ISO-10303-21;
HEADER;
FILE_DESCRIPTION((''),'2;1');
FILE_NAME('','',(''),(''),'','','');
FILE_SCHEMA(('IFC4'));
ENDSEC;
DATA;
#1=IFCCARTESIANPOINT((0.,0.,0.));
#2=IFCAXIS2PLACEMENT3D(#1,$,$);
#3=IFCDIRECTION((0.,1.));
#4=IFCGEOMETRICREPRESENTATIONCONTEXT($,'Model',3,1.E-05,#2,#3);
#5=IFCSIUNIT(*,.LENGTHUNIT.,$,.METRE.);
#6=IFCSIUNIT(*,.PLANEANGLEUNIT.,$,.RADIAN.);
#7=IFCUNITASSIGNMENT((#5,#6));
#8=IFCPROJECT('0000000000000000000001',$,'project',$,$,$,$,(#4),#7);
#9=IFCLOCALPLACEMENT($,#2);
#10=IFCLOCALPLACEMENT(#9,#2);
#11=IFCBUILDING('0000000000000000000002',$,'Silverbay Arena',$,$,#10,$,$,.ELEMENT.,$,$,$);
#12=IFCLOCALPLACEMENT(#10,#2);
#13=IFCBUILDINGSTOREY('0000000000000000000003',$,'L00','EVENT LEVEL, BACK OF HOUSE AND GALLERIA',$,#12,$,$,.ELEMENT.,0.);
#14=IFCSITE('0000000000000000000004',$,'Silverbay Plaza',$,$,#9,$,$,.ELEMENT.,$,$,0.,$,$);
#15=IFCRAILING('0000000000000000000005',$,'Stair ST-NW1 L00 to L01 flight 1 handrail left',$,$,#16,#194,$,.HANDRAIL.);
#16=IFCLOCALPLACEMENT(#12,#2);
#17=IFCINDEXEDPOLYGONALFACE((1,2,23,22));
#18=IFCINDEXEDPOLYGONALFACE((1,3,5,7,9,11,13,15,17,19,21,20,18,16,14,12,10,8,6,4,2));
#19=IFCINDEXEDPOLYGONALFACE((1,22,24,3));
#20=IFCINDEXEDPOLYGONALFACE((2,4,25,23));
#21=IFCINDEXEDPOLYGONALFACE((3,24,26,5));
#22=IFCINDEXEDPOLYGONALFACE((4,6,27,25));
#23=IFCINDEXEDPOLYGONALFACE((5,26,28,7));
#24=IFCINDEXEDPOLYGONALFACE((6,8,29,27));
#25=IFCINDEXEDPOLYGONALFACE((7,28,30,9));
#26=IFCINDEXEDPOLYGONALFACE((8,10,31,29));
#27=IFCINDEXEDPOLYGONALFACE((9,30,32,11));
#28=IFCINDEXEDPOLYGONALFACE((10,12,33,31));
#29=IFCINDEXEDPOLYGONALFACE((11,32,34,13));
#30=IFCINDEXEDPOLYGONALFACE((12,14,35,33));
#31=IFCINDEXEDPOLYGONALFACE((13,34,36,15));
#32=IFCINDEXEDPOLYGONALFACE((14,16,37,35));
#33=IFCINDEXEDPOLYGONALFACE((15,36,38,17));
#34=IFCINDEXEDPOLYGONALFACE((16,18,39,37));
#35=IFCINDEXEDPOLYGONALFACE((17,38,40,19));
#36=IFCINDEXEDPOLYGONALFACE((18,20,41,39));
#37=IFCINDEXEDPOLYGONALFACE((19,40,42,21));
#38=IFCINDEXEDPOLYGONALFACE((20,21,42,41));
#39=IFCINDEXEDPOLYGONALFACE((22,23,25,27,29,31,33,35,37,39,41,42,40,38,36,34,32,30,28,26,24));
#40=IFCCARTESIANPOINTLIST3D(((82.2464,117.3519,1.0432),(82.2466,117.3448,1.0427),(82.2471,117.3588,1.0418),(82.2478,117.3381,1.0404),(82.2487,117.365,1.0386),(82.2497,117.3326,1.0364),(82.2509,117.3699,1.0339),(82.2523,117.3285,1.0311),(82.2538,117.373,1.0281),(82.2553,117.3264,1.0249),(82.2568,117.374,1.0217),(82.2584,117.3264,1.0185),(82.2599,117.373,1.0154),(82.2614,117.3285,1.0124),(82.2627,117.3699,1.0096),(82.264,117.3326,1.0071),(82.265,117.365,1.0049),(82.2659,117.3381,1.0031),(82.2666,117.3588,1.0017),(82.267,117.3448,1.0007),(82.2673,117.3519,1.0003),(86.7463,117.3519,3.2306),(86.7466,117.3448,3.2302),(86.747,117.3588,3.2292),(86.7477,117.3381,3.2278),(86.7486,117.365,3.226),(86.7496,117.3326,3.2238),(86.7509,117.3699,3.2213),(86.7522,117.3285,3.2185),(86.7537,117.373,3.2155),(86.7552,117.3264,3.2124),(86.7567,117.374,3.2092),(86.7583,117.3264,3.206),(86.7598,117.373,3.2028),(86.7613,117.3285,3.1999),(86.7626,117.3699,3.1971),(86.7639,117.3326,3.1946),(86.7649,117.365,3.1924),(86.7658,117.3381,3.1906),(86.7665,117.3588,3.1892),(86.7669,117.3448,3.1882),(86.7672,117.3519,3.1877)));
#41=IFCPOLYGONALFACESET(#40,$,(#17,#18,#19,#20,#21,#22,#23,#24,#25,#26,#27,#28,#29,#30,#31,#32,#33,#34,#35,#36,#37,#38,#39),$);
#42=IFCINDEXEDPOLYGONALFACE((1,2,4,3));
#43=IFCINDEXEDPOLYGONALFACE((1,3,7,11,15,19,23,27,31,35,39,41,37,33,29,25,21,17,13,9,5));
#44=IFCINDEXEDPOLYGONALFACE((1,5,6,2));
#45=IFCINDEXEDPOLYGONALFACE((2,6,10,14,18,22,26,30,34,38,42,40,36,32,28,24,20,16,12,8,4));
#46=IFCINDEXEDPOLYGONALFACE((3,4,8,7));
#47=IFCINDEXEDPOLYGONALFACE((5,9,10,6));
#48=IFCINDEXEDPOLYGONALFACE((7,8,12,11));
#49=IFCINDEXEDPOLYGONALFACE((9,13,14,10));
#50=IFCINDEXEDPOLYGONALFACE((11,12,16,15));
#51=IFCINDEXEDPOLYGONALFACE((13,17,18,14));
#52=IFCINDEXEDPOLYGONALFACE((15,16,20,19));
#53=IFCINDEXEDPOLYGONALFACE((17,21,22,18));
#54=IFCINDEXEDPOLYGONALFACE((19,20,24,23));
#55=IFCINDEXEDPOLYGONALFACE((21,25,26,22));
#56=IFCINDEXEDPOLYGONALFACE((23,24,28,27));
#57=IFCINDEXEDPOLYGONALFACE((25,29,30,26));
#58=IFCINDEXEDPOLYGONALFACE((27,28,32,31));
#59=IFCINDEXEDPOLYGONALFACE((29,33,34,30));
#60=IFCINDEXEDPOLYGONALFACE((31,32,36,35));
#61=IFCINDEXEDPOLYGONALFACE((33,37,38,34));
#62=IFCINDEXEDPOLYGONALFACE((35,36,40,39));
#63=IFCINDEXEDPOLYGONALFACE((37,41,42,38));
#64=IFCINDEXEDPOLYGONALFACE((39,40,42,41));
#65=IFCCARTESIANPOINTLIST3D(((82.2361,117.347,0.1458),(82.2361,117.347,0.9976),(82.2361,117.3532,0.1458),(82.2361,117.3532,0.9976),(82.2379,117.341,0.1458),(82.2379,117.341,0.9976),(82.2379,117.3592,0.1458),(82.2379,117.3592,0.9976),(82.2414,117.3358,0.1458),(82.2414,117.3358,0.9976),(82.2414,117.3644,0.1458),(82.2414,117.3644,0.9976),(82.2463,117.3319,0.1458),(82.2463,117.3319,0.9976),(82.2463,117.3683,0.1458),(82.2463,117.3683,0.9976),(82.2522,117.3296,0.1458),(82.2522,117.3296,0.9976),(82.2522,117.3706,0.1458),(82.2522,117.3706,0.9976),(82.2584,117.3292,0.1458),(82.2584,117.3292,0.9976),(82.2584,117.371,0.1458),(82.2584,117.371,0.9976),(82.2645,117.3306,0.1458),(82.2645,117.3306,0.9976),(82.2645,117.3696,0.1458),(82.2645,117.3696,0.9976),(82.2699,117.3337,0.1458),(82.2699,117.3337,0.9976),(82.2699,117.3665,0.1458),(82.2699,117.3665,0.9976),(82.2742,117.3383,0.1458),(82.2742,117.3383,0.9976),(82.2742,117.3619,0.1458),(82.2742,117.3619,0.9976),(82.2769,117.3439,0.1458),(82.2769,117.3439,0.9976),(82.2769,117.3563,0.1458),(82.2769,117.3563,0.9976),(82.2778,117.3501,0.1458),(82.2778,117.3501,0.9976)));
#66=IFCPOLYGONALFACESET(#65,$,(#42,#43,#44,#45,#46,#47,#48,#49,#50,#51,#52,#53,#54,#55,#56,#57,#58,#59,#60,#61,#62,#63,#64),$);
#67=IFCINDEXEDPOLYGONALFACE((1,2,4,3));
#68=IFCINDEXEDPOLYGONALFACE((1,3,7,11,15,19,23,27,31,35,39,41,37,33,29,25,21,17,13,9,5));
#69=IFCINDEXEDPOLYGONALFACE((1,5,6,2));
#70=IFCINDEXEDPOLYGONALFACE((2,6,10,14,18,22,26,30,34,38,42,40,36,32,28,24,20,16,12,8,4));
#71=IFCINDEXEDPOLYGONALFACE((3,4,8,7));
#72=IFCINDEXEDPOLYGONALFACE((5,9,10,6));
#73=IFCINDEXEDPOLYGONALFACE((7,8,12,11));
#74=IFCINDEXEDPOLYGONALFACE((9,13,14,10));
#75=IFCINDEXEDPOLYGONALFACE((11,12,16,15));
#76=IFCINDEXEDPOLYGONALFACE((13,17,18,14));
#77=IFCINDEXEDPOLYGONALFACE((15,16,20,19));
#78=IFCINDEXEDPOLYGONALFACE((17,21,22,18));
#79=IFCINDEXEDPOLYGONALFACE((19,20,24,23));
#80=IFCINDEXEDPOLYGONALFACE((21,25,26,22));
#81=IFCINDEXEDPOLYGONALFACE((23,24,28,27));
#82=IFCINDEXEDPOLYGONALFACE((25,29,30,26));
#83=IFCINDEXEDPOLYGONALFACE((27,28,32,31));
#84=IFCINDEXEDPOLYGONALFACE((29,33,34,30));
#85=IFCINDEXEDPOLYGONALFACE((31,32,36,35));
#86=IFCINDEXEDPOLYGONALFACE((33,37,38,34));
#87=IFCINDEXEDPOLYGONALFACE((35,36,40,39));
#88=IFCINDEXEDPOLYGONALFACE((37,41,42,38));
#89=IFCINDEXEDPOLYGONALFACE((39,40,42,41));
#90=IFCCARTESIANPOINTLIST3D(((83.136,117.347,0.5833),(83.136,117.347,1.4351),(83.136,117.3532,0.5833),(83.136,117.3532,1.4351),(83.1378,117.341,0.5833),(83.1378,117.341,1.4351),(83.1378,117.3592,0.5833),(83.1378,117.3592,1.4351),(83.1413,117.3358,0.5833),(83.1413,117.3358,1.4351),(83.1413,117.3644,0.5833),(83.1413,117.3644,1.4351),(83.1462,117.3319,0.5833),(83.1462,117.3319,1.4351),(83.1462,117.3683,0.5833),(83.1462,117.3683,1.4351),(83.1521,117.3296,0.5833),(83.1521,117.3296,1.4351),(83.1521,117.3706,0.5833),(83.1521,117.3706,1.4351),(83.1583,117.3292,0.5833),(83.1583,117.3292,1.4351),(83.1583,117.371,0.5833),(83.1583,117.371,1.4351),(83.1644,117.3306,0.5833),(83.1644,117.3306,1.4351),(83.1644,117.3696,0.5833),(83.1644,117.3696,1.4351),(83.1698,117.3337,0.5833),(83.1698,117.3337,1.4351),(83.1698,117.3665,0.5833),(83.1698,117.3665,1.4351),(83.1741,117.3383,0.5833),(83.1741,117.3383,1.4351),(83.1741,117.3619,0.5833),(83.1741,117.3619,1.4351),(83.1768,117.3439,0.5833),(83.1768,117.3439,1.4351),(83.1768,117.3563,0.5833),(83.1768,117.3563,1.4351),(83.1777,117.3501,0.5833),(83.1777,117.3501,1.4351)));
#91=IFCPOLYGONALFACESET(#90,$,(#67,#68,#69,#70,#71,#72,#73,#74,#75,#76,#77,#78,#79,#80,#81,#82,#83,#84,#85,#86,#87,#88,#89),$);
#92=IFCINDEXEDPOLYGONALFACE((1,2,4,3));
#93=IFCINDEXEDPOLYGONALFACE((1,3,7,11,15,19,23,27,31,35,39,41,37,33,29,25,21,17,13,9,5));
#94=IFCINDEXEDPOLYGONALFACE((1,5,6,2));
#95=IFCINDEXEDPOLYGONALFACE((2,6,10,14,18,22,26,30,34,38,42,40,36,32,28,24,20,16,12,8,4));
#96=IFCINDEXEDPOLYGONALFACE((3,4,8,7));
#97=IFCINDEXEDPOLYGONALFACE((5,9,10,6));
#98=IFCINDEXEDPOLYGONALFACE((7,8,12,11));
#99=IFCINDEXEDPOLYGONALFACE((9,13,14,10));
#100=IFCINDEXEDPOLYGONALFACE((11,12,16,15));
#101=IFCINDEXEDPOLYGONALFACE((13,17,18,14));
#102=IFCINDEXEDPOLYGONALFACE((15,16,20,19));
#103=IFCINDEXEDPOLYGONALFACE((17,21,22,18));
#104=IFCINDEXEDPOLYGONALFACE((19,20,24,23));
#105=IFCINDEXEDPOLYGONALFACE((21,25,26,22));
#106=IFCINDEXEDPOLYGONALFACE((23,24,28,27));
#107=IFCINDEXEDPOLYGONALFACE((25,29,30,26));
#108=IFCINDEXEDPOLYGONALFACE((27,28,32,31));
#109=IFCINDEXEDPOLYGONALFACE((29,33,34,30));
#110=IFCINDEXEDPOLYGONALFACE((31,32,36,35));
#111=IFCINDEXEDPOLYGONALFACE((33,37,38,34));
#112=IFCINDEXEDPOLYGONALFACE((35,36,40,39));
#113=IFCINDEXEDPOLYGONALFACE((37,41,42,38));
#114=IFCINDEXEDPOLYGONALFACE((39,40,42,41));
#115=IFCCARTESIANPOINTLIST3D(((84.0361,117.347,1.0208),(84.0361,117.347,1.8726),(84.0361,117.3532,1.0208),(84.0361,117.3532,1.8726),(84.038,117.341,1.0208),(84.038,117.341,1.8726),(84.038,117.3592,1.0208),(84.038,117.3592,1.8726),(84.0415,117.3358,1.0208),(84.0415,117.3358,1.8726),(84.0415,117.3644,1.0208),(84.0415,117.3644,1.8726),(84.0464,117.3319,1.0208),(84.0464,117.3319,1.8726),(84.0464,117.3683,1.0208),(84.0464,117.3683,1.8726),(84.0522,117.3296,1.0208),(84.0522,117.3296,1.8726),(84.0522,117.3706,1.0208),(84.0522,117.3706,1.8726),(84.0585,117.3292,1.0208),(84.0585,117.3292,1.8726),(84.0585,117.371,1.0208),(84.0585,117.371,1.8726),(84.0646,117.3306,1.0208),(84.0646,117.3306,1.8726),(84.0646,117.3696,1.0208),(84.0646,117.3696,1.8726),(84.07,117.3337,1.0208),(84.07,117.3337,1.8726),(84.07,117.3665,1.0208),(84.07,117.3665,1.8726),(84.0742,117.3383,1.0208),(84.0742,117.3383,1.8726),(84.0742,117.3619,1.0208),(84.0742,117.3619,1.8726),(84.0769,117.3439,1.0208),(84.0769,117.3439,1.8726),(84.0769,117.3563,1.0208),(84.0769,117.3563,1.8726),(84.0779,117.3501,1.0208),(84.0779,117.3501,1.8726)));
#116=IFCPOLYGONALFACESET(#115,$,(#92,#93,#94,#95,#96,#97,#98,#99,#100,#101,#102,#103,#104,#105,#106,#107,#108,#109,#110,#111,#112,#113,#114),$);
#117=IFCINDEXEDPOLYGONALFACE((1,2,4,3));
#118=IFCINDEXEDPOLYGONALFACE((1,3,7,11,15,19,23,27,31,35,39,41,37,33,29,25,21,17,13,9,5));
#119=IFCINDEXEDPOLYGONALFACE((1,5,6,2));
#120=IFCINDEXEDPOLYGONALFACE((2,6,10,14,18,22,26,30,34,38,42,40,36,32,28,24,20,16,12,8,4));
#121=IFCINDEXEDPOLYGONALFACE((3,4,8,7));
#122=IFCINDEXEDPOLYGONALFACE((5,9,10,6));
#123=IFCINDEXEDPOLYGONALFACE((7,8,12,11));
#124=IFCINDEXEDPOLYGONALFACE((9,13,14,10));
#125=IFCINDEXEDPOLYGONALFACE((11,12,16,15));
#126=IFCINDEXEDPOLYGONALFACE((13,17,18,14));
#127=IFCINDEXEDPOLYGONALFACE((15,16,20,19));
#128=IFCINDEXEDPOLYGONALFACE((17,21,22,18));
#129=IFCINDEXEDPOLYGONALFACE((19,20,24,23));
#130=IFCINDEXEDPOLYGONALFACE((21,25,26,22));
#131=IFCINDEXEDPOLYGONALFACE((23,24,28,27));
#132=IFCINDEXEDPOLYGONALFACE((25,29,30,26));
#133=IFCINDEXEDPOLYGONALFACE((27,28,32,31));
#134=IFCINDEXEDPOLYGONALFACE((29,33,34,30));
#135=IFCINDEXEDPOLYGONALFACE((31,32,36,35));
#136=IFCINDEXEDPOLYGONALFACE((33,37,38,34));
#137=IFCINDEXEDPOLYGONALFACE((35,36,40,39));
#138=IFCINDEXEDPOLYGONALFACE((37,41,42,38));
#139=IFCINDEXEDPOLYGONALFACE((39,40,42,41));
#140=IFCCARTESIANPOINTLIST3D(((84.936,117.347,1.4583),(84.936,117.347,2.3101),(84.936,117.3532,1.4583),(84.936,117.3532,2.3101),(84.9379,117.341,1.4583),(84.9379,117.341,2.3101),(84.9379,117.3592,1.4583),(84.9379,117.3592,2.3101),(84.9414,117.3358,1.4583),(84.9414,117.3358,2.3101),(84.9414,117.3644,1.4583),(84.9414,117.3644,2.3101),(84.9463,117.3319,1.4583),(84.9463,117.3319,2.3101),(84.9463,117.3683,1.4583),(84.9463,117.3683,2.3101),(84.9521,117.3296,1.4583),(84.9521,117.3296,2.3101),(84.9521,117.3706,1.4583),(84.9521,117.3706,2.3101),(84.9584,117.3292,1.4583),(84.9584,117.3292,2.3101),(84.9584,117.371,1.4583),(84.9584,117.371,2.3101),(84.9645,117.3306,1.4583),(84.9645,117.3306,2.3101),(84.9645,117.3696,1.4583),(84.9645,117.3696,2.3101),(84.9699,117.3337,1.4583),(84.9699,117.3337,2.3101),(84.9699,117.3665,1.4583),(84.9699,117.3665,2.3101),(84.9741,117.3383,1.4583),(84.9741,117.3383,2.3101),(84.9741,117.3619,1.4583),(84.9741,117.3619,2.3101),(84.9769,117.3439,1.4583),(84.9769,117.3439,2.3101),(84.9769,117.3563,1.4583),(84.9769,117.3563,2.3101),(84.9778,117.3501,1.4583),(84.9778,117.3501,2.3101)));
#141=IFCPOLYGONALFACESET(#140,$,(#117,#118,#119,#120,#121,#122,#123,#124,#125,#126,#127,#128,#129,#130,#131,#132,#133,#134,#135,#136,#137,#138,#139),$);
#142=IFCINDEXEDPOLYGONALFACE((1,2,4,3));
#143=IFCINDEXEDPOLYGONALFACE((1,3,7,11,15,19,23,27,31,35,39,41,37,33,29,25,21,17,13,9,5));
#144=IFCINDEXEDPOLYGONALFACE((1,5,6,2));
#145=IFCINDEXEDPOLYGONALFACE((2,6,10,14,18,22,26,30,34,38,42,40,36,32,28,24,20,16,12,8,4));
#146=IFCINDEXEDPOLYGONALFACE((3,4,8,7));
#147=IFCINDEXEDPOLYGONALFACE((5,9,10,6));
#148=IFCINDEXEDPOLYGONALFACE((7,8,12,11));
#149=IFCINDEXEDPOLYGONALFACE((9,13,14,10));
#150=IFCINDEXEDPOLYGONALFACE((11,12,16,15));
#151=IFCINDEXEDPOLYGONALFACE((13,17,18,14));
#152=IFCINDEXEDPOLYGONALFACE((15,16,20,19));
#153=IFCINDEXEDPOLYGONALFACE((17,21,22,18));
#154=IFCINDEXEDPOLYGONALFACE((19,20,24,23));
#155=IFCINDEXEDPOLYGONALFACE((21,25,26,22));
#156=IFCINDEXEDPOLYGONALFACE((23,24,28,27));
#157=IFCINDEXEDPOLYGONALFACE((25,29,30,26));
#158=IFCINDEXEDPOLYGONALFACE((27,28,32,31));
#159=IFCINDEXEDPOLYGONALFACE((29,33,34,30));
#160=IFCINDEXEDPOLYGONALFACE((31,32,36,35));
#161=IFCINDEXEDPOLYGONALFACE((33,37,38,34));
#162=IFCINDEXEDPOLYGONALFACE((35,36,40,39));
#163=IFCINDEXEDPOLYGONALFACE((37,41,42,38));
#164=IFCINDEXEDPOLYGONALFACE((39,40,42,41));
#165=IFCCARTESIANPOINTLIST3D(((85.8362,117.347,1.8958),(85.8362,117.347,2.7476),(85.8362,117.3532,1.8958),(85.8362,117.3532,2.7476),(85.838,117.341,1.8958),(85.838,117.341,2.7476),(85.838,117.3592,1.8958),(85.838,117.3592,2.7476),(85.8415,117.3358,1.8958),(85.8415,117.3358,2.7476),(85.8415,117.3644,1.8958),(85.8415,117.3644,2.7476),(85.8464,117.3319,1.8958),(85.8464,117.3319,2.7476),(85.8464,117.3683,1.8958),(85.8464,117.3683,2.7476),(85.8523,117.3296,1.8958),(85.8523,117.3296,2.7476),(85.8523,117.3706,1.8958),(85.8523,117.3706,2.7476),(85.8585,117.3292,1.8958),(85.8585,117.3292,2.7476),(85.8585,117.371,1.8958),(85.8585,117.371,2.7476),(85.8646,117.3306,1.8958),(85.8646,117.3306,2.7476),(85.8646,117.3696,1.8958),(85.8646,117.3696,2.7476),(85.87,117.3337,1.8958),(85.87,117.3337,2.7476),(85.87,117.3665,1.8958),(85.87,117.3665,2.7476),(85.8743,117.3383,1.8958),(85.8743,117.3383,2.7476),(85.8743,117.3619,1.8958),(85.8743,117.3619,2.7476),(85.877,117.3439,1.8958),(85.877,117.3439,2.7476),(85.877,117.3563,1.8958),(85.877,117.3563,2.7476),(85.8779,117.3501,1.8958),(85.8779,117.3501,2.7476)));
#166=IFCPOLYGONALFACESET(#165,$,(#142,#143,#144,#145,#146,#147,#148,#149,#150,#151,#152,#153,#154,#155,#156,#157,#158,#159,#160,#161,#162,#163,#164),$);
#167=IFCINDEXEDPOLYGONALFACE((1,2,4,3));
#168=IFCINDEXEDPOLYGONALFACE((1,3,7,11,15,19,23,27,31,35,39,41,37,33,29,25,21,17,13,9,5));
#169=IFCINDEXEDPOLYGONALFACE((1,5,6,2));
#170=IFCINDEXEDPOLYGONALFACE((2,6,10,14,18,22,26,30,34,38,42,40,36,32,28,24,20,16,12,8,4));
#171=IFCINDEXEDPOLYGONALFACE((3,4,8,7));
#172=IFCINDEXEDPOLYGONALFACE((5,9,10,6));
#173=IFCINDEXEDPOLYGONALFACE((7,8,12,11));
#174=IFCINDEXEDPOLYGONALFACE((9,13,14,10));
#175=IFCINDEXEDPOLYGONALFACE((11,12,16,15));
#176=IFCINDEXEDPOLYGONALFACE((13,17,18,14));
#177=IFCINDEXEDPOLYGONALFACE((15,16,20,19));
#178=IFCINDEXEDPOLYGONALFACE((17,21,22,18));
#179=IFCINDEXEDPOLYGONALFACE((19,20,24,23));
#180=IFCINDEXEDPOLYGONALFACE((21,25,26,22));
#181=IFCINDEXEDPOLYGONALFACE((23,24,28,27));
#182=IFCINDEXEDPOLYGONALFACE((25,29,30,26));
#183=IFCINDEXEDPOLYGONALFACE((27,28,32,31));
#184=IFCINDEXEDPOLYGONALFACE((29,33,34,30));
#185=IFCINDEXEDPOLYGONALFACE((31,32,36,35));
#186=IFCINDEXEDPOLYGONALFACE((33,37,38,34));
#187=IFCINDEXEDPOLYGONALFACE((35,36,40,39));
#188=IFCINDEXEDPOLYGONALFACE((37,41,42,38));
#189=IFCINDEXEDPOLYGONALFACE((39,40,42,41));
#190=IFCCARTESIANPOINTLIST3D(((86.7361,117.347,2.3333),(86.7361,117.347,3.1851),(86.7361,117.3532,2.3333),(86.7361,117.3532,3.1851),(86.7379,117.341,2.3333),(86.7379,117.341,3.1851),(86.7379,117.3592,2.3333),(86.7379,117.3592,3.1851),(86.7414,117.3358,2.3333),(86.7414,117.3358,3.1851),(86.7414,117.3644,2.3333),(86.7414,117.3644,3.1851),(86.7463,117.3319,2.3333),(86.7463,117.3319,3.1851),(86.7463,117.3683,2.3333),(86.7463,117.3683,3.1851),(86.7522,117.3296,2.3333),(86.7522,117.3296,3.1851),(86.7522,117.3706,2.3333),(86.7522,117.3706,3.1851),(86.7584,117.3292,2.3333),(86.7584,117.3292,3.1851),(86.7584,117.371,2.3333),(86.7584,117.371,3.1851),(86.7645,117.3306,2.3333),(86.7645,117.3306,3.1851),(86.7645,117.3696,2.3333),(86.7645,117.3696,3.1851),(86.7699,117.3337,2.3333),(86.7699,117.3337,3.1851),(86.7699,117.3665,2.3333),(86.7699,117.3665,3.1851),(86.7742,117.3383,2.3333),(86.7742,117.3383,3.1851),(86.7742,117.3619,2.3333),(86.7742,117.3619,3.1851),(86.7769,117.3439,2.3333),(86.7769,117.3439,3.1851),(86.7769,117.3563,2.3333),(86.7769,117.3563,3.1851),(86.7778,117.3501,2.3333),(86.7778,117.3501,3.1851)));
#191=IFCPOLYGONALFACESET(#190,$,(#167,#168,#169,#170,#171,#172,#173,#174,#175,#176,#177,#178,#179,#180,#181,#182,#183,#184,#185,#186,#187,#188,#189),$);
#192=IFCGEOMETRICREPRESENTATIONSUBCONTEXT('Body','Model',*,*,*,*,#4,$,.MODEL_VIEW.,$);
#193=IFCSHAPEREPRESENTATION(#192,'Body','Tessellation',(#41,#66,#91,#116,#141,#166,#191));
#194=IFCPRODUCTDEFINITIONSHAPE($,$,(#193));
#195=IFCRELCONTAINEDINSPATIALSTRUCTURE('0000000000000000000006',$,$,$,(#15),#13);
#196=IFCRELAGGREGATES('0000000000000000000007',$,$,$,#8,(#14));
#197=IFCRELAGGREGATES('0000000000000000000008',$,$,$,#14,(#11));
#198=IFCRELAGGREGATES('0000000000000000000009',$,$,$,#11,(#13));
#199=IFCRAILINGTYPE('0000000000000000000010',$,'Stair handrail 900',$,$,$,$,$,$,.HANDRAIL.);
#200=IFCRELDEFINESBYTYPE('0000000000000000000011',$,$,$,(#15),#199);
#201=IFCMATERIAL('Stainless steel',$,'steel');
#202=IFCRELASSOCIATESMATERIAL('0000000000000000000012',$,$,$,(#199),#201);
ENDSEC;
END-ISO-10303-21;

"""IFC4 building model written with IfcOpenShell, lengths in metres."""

from ifc_helpers import new_model, si_unit, direction, frame, origin, origin_2d, place, context, subcontext, project, spatial, circle, extrude, material, type_object, element, save


model = new_model("IFC4")

# Units and contexts
model_context = context("Model", 3, precision=1e-05, world=origin(), true_north=direction((0.0, 1.0)))
body_context = subcontext(model_context, "Body", "Model", "MODEL_VIEW")
ifc_project = project(units=[si_unit("LENGTHUNIT", "METRE"), si_unit("PLANEANGLEUNIT", "RADIAN")], contexts=[model_context])

# Site, building, storey
site_placement = place(None, origin())
site = spatial("IfcSite", under=ifc_project, at=site_placement, Name="Silverbay Plaza", CompositionType="ELEMENT", RefElevation=0.0)
building_placement = place(site_placement, origin())
building = spatial("IfcBuilding", under=site, at=building_placement, Name="Silverbay Arena", CompositionType="ELEMENT")
storey_placement = place(building_placement, origin())
storey = spatial("IfcBuildingStorey", under=building, at=storey_placement, Name="L00", Description="EVENT LEVEL, BACK OF HOUSE AND GALLERIA", CompositionType="ELEMENT", Elevation=0.0)

# Railing
ifc_material_1 = material(Name="Stainless steel", Category="steel")
railing_type_1 = type_object("IfcRailingType", Name="Stair handrail 900", PredefinedType="HANDRAIL", material=ifc_material_1)
railing_1_placement = place(storey_placement, frame((82.2568, 117.3501, 0.1458)))
element("IfcRailing", 1, at=railing_1_placement, inside=storey, type_object=railing_type_1, Name="Stair ST-NW1 L00 to L01 flight 1 handrail left", PredefinedType="HANDRAIL", context=body_context, shape_type="SweptSolid", body=[
    extrude(circle(Radius=0.0239, at=origin_2d()), frame((0.0, 0.0, 0.876), z_axis=(0.899368, 0.0, 0.437193), x_axis=(0.0, 1.0, 0.0)), (0.0, 0.0, 1.0), 5.0034),
    extrude(circle(Radius=0.021, at=origin_2d()), origin(), (0.0, 0.0, 1.0), 0.8518),
    extrude(circle(Radius=0.021, at=origin_2d()), frame((0.8999, 0.0, 0.4375)), (0.0, 0.0, 1.0), 0.8518),
    extrude(circle(Radius=0.021, at=origin_2d()), frame((1.8, 0.0, 0.875)), (0.0, 0.0, 1.0), 0.8518),
    extrude(circle(Radius=0.021, at=origin_2d()), frame((2.7, 0.0, 1.3125)), (0.0, 0.0, 1.0), 0.8518),
    extrude(circle(Radius=0.021, at=origin_2d()), frame((3.6001, 0.0, 1.75)), (0.0, 0.0, 1.0), 0.8518),
    extrude(circle(Radius=0.021, at=origin_2d()), frame((4.5, 0.0, 2.1875)), (0.0, 0.0, 1.0), 0.8518),
])

save(model, "model.ifc")
